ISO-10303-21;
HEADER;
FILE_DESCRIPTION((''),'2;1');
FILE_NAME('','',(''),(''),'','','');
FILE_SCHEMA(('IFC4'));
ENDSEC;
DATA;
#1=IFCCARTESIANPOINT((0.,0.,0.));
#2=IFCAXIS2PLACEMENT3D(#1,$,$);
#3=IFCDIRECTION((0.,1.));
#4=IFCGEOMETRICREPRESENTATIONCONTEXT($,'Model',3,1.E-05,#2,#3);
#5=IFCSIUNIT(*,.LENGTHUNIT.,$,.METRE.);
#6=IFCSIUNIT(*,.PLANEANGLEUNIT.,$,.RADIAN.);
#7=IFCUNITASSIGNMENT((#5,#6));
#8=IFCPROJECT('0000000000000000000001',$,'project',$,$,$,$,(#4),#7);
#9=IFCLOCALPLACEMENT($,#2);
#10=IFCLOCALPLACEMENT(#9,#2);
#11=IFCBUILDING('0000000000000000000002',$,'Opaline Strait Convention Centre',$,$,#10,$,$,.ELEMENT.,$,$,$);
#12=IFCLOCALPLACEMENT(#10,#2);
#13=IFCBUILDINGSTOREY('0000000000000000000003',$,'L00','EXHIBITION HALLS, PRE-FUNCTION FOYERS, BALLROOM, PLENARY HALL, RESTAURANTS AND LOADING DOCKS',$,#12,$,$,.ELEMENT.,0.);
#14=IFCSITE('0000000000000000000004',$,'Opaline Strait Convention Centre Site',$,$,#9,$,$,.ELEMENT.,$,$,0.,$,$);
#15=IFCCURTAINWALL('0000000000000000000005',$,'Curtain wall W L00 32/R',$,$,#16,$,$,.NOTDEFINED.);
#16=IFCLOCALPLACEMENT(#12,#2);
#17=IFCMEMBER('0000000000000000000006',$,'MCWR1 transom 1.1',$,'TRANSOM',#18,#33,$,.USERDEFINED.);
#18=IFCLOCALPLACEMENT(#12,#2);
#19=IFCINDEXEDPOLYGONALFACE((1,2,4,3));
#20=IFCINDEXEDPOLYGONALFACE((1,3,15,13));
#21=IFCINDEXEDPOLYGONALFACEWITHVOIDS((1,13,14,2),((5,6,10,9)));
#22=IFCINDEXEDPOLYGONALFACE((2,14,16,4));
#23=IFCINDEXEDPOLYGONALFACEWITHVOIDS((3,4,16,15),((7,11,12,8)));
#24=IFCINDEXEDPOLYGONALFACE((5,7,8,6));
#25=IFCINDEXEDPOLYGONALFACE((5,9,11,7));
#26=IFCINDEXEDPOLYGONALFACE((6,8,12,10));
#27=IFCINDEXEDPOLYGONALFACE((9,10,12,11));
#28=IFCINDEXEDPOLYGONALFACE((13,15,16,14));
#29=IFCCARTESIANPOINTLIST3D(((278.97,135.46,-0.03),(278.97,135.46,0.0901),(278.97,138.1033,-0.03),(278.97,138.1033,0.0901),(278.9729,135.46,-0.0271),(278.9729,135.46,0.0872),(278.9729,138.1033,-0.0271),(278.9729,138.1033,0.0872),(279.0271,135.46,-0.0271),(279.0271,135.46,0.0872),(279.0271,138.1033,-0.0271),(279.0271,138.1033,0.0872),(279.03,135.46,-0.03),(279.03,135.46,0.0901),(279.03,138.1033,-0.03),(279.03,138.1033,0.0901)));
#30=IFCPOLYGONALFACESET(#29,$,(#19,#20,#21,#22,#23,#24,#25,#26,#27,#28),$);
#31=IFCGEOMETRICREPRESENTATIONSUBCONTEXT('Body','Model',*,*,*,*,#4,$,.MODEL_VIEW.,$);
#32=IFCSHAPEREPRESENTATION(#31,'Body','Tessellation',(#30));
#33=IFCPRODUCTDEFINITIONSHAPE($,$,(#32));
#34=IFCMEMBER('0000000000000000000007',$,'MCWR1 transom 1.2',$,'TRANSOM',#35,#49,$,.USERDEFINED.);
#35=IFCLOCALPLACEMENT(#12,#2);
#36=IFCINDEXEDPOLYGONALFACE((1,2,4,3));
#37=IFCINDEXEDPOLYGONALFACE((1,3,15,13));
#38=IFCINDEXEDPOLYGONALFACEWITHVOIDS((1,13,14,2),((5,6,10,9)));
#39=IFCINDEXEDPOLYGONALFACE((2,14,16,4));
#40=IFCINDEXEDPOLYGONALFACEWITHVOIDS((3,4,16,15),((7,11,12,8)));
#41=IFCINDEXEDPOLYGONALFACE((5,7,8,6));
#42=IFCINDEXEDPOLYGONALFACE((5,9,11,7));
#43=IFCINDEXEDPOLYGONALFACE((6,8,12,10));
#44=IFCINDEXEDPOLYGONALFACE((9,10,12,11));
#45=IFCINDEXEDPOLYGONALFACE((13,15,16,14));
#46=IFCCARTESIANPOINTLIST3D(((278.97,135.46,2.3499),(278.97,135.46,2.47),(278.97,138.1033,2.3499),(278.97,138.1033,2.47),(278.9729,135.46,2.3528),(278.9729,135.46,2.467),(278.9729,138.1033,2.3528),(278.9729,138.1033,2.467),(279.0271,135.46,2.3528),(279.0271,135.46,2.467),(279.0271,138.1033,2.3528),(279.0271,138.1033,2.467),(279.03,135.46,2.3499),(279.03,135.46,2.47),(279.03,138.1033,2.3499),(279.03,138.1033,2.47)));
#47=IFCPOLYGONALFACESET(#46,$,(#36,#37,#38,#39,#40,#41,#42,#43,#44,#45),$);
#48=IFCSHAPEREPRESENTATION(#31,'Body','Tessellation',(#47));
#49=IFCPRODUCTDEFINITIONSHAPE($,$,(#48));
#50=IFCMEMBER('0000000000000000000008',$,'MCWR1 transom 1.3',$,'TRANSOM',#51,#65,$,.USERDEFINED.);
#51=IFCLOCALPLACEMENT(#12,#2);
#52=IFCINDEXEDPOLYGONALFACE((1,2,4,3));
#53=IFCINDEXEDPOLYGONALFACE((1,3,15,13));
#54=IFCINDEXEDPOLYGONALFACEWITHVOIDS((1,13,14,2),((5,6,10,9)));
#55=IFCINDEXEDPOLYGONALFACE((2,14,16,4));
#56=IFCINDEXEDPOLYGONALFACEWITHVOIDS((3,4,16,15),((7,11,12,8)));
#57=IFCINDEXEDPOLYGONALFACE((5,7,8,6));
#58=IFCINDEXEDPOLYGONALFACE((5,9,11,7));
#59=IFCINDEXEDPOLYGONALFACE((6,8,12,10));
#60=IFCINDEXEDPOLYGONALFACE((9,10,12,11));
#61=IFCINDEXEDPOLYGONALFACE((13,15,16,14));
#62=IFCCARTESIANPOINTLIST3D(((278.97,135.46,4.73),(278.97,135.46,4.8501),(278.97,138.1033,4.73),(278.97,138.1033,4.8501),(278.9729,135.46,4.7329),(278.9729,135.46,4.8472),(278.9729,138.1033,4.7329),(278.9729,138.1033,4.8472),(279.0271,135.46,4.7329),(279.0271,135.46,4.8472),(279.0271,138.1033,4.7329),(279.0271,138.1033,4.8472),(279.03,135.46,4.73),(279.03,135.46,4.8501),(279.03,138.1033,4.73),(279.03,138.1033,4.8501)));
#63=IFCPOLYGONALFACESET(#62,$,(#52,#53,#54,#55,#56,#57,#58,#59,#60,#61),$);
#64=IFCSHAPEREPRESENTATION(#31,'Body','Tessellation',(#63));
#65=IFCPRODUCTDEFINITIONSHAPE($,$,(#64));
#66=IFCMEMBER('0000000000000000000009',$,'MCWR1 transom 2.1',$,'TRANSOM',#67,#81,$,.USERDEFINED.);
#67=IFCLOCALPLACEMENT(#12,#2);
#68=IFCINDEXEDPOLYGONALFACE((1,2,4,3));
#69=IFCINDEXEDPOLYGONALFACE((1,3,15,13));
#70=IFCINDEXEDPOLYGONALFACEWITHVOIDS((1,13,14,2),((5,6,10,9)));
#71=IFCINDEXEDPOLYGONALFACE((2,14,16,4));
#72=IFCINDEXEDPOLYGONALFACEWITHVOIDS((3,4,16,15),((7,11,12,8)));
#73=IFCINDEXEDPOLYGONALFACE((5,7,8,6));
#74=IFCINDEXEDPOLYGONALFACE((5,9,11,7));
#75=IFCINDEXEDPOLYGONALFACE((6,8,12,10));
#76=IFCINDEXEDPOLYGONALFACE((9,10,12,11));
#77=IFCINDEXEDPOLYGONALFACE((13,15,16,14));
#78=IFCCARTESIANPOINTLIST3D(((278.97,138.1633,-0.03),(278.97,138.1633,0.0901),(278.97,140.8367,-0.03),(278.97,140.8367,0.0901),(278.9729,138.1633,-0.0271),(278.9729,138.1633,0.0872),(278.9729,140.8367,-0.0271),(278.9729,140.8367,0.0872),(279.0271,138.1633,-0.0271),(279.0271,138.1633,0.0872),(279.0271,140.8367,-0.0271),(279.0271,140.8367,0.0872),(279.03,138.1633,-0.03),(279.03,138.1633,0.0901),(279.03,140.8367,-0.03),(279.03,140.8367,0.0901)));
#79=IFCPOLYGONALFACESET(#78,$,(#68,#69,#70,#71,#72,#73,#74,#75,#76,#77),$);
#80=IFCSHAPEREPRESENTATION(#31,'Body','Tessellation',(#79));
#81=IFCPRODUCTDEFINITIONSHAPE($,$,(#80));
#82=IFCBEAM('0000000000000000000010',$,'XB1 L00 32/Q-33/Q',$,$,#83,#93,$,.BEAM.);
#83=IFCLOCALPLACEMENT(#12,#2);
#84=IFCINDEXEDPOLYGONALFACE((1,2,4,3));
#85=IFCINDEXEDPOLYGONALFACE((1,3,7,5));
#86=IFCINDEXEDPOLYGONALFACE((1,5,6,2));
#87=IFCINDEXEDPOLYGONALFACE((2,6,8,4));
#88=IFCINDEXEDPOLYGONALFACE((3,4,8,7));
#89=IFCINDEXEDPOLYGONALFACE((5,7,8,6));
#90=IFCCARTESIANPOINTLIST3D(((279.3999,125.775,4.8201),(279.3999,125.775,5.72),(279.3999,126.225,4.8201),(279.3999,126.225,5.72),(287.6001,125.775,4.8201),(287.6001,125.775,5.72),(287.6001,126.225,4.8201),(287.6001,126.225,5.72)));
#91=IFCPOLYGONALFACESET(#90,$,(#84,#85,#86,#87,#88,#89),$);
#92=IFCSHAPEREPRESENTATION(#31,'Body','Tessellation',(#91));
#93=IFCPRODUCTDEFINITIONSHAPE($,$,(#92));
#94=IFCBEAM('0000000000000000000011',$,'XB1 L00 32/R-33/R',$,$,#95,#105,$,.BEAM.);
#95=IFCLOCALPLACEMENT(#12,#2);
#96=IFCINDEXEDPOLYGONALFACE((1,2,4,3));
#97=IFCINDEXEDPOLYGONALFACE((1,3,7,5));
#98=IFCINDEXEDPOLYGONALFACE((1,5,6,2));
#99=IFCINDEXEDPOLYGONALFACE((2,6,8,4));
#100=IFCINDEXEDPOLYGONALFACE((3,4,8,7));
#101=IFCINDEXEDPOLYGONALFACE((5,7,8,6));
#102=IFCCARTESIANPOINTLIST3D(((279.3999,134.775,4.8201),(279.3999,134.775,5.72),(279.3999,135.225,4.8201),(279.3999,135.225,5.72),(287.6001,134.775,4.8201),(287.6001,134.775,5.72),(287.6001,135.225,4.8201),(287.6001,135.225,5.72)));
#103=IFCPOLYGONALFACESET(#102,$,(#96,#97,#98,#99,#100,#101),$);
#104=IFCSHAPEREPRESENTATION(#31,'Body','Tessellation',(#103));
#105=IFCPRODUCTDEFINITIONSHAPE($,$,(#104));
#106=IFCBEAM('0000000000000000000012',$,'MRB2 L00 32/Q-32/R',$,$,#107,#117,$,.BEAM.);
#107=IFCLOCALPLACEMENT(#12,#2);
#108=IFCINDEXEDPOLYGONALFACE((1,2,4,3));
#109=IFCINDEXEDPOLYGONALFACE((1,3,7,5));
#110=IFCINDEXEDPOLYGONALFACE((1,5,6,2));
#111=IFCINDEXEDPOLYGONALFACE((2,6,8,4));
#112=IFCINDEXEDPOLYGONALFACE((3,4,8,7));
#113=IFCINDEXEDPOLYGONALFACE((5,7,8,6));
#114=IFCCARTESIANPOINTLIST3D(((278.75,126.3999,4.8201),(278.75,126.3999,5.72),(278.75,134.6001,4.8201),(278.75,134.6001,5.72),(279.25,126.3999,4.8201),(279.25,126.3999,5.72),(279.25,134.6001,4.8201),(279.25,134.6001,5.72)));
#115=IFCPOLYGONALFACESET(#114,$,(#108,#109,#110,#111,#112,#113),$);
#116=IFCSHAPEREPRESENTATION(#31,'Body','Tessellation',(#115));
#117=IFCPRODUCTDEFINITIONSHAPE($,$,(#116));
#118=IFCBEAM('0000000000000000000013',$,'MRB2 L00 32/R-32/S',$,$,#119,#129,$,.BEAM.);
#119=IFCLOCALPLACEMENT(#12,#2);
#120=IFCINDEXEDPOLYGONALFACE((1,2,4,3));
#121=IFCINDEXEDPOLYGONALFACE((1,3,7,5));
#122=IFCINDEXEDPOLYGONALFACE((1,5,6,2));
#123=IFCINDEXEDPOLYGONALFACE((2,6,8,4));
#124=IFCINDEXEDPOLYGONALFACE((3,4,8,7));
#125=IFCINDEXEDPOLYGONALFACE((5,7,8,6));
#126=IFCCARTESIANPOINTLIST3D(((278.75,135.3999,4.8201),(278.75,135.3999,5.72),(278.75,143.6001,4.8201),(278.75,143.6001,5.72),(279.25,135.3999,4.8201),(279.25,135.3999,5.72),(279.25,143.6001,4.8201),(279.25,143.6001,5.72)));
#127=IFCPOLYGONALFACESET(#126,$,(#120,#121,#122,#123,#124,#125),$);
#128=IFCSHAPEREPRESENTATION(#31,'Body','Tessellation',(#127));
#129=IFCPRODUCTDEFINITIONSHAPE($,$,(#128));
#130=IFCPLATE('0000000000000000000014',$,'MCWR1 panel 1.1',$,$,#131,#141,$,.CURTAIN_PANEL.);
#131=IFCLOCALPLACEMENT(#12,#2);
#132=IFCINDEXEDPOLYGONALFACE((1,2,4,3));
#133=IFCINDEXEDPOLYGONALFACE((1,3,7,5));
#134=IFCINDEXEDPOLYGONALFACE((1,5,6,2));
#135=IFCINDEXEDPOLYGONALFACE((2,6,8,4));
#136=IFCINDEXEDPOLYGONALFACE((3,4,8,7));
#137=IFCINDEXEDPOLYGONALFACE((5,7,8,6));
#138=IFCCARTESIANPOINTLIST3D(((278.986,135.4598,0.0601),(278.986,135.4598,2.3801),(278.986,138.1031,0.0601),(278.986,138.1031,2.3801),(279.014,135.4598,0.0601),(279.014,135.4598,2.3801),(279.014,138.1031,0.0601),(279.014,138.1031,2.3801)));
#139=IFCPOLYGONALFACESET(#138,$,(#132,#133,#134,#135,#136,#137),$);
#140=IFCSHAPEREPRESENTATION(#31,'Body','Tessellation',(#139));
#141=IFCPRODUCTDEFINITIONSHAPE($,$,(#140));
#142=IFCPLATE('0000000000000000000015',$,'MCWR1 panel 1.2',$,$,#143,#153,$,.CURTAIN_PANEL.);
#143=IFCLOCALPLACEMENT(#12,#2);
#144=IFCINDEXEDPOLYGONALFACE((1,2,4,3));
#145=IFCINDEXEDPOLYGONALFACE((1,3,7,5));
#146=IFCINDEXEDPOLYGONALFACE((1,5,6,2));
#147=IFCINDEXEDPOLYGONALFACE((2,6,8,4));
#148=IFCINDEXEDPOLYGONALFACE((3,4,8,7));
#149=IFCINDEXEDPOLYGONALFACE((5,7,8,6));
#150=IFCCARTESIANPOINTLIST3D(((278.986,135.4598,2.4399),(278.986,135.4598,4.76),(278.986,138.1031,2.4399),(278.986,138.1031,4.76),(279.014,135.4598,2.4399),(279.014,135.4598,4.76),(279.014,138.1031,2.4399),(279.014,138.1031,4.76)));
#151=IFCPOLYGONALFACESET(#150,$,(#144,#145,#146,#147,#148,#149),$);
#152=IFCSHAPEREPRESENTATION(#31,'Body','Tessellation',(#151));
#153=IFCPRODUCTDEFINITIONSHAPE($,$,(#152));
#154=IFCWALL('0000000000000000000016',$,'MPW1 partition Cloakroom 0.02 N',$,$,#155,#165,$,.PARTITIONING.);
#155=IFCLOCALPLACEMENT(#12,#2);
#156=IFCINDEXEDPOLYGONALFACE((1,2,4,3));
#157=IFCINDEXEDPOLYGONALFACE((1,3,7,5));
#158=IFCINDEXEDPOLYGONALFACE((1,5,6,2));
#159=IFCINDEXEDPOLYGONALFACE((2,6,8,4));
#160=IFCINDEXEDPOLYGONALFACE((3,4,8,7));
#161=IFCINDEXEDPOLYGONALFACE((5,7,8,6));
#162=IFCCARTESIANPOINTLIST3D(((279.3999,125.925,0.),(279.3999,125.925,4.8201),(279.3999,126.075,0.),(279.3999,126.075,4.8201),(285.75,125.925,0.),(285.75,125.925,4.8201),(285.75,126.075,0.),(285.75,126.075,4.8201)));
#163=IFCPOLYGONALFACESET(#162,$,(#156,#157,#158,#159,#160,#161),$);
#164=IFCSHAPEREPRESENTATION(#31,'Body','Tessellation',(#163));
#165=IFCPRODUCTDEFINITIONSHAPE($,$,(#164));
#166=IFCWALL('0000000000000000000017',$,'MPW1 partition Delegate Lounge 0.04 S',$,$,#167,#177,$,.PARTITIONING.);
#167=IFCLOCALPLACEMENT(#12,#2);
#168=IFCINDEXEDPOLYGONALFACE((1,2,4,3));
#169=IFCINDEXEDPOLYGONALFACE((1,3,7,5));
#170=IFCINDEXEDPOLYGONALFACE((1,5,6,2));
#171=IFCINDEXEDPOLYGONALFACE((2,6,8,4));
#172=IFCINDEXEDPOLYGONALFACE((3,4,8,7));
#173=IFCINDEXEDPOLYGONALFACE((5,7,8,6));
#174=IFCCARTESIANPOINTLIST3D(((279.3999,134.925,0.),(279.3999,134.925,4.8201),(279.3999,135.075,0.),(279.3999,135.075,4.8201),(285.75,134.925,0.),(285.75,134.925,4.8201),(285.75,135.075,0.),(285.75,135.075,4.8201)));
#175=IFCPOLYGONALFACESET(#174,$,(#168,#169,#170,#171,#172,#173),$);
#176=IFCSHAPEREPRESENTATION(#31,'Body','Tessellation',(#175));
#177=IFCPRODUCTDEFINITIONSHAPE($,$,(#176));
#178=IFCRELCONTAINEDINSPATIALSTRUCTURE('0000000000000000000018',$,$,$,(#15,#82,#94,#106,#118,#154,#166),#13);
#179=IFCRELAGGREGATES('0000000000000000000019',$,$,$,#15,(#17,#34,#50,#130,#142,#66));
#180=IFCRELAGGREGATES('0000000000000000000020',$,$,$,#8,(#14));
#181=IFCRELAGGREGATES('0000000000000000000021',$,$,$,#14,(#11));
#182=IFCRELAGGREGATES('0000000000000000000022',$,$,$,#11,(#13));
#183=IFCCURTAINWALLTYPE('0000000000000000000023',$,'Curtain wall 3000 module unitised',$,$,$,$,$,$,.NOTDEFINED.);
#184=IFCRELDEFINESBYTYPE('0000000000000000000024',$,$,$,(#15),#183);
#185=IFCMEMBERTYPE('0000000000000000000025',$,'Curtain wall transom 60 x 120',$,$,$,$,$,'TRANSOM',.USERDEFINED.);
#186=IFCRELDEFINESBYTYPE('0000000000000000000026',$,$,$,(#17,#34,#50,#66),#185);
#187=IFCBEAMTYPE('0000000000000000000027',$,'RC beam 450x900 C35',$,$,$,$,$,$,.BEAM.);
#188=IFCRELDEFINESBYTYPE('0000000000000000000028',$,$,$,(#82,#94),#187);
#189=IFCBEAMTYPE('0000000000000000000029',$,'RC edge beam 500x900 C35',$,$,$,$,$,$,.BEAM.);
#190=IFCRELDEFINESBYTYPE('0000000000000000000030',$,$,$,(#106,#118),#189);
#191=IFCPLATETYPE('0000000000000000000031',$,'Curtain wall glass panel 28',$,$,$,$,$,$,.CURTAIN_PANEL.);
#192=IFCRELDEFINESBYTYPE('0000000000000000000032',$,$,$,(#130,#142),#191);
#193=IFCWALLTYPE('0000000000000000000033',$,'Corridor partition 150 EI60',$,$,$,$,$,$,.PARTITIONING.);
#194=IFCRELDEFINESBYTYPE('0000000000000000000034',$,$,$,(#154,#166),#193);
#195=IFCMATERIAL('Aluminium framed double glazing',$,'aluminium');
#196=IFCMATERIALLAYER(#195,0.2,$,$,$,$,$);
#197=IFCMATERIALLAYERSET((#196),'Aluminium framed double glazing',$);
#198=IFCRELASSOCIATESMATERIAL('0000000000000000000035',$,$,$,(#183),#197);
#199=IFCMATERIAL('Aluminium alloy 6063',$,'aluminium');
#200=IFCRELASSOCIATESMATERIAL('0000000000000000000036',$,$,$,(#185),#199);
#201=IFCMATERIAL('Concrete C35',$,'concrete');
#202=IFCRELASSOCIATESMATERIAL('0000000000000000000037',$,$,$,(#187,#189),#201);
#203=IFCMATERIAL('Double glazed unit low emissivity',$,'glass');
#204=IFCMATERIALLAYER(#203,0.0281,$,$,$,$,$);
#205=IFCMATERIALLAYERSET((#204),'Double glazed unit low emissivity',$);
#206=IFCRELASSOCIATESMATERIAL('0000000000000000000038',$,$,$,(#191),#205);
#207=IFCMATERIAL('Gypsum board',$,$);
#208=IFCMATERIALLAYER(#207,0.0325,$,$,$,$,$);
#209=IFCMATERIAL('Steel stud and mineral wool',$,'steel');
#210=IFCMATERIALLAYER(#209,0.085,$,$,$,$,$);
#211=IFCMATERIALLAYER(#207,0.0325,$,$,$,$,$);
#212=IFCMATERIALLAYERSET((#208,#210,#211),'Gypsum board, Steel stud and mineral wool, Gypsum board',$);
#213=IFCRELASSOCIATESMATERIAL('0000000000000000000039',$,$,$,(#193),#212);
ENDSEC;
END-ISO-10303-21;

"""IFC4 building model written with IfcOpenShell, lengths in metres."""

from ifc_helpers import new_model, si_unit, direction, frame, frame_2d, origin, origin_2d, place, context, subcontext, project, spatial, rectangle, hollow_rectangle, extrude, material, layer, layer_set, material_profile, profile_set, type_object, element, aggregate, save


model = new_model("IFC4")

# Units and contexts
model_context = context("Model", 3, precision=1e-05, world=origin(), true_north=direction((0.0, 1.0)))
body_context = subcontext(model_context, "Body", "Model", "MODEL_VIEW")
ifc_project = project(units=[si_unit("LENGTHUNIT", "METRE"), si_unit("PLANEANGLEUNIT", "RADIAN")], contexts=[model_context])

# Site, building, storey
site_placement = place(None, origin())
site = spatial("IfcSite", under=ifc_project, at=site_placement, Name="Opaline Strait Convention Centre Site", CompositionType="ELEMENT", RefElevation=0.0)
building_placement = place(site_placement, origin())
building = spatial("IfcBuilding", under=site, at=building_placement, Name="Opaline Strait Convention Centre", CompositionType="ELEMENT")
storey_placement = place(building_placement, origin())
storey = spatial("IfcBuildingStorey", under=building, at=storey_placement, Name="L00", Description="EXHIBITION HALLS, PRE-FUNCTION FOYERS, BALLROOM, PLENARY HALL, RESTAURANTS AND LOADING DOCKS", CompositionType="ELEMENT", Elevation=0.0)

# Shared definitions
ifc_material_1 = material(Name="Concrete C35", Category="concrete")

# Curtain wall, members
ifc_material_2 = material(Name="Aluminium framed double glazing", Category="aluminium")
ifc_layer_1 = layer(ifc_material_2, 0.2)
ifc_layer_set_1 = layer_set([ifc_layer_1], Name="Aluminium framed double glazing")
curtain_wall_type = type_object("IfcCurtainWallType", Name="Curtain wall 3000 module unitised", PredefinedType="NOTDEFINED", material=ifc_layer_set_1)
curtain_wall_placement = place(storey_placement, origin())
curtain_wall = element("IfcCurtainWall", 1, at=curtain_wall_placement, inside=storey, type_object=curtain_wall_type, Name="Curtain wall W L00 32/R", PredefinedType="NOTDEFINED")
ifc_material_3 = material(Name="Aluminium alloy 6063", Category="aluminium")
ifc_material_profile_1 = material_profile(ifc_material_3, hollow_rectangle(XDim=0.0601, YDim=0.1201, WallThickness=0.0029, at=origin_2d()), Name="TRANSOM 60x120x3")
ifc_profile_set_1 = profile_set([ifc_material_profile_1], Name="Aluminium alloy 6063")
member_type_1 = type_object("IfcMemberType", Name="Curtain wall transom 60 x 120", ElementType="TRANSOM", PredefinedType="USERDEFINED", material=ifc_profile_set_1)
member_1_placement = place(storey_placement, frame((279.0, 135.46, 0.03), z_axis=(0.0, 1.0, 0.0), x_axis=(-1.0, 0.0, 0.0)))
member_1 = element("IfcMember", 2, at=member_1_placement, type_object=member_type_1, Name="MCWR1 transom 1.1", ObjectType="TRANSOM", PredefinedType="USERDEFINED", context=body_context, shape_type="SweptSolid", body=[
    extrude(hollow_rectangle(XDim=0.0601, YDim=0.1201, WallThickness=0.0029, at=origin_2d()), origin(), (0.0, 0.0, 1.0), 2.6433),
])
member_2_placement = place(storey_placement, frame((279.0, 135.46, 2.4099), z_axis=(0.0, 1.0, 0.0), x_axis=(-1.0, 0.0, 0.0)))
member_2 = element("IfcMember", 3, at=member_2_placement, type_object=member_type_1, Name="MCWR1 transom 1.2", ObjectType="TRANSOM", PredefinedType="USERDEFINED", context=body_context, shape_type="SweptSolid", body=[
    extrude(hollow_rectangle(XDim=0.0601, YDim=0.1201, WallThickness=0.0029, at=origin_2d()), origin(), (0.0, 0.0, 1.0), 2.6433),
])
member_3_placement = place(storey_placement, frame((279.0, 135.46, 4.79), z_axis=(0.0, 1.0, 0.0), x_axis=(-1.0, 0.0, 0.0)))
member_3 = element("IfcMember", 4, at=member_3_placement, type_object=member_type_1, Name="MCWR1 transom 1.3", ObjectType="TRANSOM", PredefinedType="USERDEFINED", context=body_context, shape_type="SweptSolid", body=[
    extrude(hollow_rectangle(XDim=0.0601, YDim=0.1201, WallThickness=0.0029, at=origin_2d()), origin(), (0.0, 0.0, 1.0), 2.6433),
])
member_4_placement = place(storey_placement, frame((279.0, 138.1633, 0.03), z_axis=(0.0, 1.0, 0.0), x_axis=(-1.0, 0.0, 0.0)))
member_4 = element("IfcMember", 5, at=member_4_placement, type_object=member_type_1, Name="MCWR1 transom 2.1", ObjectType="TRANSOM", PredefinedType="USERDEFINED", context=body_context, shape_type="SweptSolid", body=[
    extrude(hollow_rectangle(XDim=0.0601, YDim=0.1201, WallThickness=0.0029, at=origin_2d()), origin(), (0.0, 0.0, 1.0), 2.6733),
])

# Beams
ifc_material_profile_2 = material_profile(ifc_material_1, rectangle(XDim=0.45, YDim=0.8999, at=origin_2d()), Name="RC 450x900")
ifc_profile_set_2 = profile_set([ifc_material_profile_2], Name="Concrete C35")
beam_type_1 = type_object("IfcBeamType", Name="RC beam 450x900 C35", PredefinedType="BEAM", material=ifc_profile_set_2)
for number, where, z_axis, x_axis, name in (
    (6, (279.3999, 126.0, 5.27), (1.0, 0.0, 0.0), (0.0, 1.0, 0.0), "XB1 L00 32/Q-33/Q"),
    (7, (279.3999, 135.0, 5.27), (1.0, 0.0, 0.0), (0.0, 1.0, 0.0), "XB1 L00 32/R-33/R"),
):
    element("IfcBeam", number, at=place(storey_placement, frame(where, z_axis=z_axis, x_axis=x_axis)), inside=storey, type_object=beam_type_1, Name=name, PredefinedType="BEAM", context=body_context, shape_type="SweptSolid", body=[
        extrude(rectangle(XDim=0.45, YDim=0.8999, at=origin_2d()), origin(), (0.0, 0.0, 1.0), 8.2002),
    ])
ifc_material_profile_3 = material_profile(ifc_material_1, rectangle(XDim=0.5, YDim=0.8999, at=origin_2d()), Name="RC 500x900")
ifc_profile_set_3 = profile_set([ifc_material_profile_3], Name="Concrete C35")
beam_type_2 = type_object("IfcBeamType", Name="RC edge beam 500x900 C35", PredefinedType="BEAM", material=ifc_profile_set_3)
for number, where, z_axis, x_axis, name in (
    (8, (279.0, 126.3999, 5.27), (0.0, 1.0, 0.0), (-1.0, 0.0, 0.0), "MRB2 L00 32/Q-32/R"),
    (9, (279.0, 135.3999, 5.27), (0.0, 1.0, 0.0), (-1.0, 0.0, 0.0), "MRB2 L00 32/R-32/S"),
):
    element("IfcBeam", number, at=place(storey_placement, frame(where, z_axis=z_axis, x_axis=x_axis)), inside=storey, type_object=beam_type_2, Name=name, PredefinedType="BEAM", context=body_context, shape_type="SweptSolid", body=[
        extrude(rectangle(XDim=0.5, YDim=0.8999, at=origin_2d()), origin(), (0.0, 0.0, 1.0), 8.2002),
    ])

# Plates
ifc_material_4 = material(Name="Double glazed unit low emissivity", Category="glass")
ifc_layer_2 = layer(ifc_material_4, 0.0281)
ifc_layer_set_2 = layer_set([ifc_layer_2], Name="Double glazed unit low emissivity")
plate_type = type_object("IfcPlateType", Name="Curtain wall glass panel 28", PredefinedType="CURTAIN_PANEL", material=ifc_layer_set_2)
plate_1_placement = place(storey_placement, frame((279.0, 136.7815, 0.0601), z_axis=(0.0, 0.0, 1.0), x_axis=(0.0, 1.0, 0.0)))
plate_1 = element("IfcPlate", 10, at=plate_1_placement, type_object=plate_type, Name="MCWR1 panel 1.1", PredefinedType="CURTAIN_PANEL", context=body_context, shape_type="SweptSolid", body=[
    extrude(rectangle(XDim=2.6433, YDim=0.0281, at=origin_2d()), origin(), (0.0, 0.0, 1.0), 2.3201),
])
plate_2_placement = place(storey_placement, frame((279.0, 136.7815, 2.4399), z_axis=(0.0, 0.0, 1.0), x_axis=(0.0, 1.0, 0.0)))
plate_2 = element("IfcPlate", 11, at=plate_2_placement, type_object=plate_type, Name="MCWR1 panel 1.2", PredefinedType="CURTAIN_PANEL", context=body_context, shape_type="SweptSolid", body=[
    extrude(rectangle(XDim=2.6433, YDim=0.0281, at=origin_2d()), origin(), (0.0, 0.0, 1.0), 2.3201),
])
aggregate(curtain_wall, [member_1, member_2, member_3, plate_1, plate_2, member_4])

# Walls
ifc_material_5 = material(Name="Gypsum board")
ifc_layer_3 = layer(ifc_material_5, 0.0325)
ifc_material_6 = material(Name="Steel stud and mineral wool", Category="steel")
ifc_layer_4 = layer(ifc_material_6, 0.085)
ifc_layer_5 = layer(ifc_material_5, 0.0325)
ifc_layer_set_3 = layer_set([ifc_layer_3, ifc_layer_4, ifc_layer_5], Name="Gypsum board, Steel stud and mineral wool, Gypsum board")
wall_type_1 = type_object("IfcWallType", Name="Corridor partition 150 EI60", PredefinedType="PARTITIONING", material=ifc_layer_set_3)
for number, where, z_axis, x_axis, name in (
    (12, (279.3999, 126.0, 0.0), (0.0, 0.0, 1.0), (1.0, 0.0, 0.0), "MPW1 partition Cloakroom 0.02 N"),
    (13, (279.3999, 135.0, 0.0), (0.0, 0.0, 1.0), (1.0, 0.0, 0.0), "MPW1 partition Delegate Lounge 0.04 S"),
):
    element("IfcWall", number, at=place(storey_placement, frame(where, z_axis=z_axis, x_axis=x_axis)), inside=storey, type_object=wall_type_1, Name=name, PredefinedType="PARTITIONING", context=body_context, shape_type="SweptSolid", body=[
        extrude(rectangle(XDim=6.3501, YDim=0.1499, at=frame_2d((3.175, 0.0))), origin(), (0.0, 0.0, 1.0), 4.8201),
    ])

save(model, "model.ifc")
